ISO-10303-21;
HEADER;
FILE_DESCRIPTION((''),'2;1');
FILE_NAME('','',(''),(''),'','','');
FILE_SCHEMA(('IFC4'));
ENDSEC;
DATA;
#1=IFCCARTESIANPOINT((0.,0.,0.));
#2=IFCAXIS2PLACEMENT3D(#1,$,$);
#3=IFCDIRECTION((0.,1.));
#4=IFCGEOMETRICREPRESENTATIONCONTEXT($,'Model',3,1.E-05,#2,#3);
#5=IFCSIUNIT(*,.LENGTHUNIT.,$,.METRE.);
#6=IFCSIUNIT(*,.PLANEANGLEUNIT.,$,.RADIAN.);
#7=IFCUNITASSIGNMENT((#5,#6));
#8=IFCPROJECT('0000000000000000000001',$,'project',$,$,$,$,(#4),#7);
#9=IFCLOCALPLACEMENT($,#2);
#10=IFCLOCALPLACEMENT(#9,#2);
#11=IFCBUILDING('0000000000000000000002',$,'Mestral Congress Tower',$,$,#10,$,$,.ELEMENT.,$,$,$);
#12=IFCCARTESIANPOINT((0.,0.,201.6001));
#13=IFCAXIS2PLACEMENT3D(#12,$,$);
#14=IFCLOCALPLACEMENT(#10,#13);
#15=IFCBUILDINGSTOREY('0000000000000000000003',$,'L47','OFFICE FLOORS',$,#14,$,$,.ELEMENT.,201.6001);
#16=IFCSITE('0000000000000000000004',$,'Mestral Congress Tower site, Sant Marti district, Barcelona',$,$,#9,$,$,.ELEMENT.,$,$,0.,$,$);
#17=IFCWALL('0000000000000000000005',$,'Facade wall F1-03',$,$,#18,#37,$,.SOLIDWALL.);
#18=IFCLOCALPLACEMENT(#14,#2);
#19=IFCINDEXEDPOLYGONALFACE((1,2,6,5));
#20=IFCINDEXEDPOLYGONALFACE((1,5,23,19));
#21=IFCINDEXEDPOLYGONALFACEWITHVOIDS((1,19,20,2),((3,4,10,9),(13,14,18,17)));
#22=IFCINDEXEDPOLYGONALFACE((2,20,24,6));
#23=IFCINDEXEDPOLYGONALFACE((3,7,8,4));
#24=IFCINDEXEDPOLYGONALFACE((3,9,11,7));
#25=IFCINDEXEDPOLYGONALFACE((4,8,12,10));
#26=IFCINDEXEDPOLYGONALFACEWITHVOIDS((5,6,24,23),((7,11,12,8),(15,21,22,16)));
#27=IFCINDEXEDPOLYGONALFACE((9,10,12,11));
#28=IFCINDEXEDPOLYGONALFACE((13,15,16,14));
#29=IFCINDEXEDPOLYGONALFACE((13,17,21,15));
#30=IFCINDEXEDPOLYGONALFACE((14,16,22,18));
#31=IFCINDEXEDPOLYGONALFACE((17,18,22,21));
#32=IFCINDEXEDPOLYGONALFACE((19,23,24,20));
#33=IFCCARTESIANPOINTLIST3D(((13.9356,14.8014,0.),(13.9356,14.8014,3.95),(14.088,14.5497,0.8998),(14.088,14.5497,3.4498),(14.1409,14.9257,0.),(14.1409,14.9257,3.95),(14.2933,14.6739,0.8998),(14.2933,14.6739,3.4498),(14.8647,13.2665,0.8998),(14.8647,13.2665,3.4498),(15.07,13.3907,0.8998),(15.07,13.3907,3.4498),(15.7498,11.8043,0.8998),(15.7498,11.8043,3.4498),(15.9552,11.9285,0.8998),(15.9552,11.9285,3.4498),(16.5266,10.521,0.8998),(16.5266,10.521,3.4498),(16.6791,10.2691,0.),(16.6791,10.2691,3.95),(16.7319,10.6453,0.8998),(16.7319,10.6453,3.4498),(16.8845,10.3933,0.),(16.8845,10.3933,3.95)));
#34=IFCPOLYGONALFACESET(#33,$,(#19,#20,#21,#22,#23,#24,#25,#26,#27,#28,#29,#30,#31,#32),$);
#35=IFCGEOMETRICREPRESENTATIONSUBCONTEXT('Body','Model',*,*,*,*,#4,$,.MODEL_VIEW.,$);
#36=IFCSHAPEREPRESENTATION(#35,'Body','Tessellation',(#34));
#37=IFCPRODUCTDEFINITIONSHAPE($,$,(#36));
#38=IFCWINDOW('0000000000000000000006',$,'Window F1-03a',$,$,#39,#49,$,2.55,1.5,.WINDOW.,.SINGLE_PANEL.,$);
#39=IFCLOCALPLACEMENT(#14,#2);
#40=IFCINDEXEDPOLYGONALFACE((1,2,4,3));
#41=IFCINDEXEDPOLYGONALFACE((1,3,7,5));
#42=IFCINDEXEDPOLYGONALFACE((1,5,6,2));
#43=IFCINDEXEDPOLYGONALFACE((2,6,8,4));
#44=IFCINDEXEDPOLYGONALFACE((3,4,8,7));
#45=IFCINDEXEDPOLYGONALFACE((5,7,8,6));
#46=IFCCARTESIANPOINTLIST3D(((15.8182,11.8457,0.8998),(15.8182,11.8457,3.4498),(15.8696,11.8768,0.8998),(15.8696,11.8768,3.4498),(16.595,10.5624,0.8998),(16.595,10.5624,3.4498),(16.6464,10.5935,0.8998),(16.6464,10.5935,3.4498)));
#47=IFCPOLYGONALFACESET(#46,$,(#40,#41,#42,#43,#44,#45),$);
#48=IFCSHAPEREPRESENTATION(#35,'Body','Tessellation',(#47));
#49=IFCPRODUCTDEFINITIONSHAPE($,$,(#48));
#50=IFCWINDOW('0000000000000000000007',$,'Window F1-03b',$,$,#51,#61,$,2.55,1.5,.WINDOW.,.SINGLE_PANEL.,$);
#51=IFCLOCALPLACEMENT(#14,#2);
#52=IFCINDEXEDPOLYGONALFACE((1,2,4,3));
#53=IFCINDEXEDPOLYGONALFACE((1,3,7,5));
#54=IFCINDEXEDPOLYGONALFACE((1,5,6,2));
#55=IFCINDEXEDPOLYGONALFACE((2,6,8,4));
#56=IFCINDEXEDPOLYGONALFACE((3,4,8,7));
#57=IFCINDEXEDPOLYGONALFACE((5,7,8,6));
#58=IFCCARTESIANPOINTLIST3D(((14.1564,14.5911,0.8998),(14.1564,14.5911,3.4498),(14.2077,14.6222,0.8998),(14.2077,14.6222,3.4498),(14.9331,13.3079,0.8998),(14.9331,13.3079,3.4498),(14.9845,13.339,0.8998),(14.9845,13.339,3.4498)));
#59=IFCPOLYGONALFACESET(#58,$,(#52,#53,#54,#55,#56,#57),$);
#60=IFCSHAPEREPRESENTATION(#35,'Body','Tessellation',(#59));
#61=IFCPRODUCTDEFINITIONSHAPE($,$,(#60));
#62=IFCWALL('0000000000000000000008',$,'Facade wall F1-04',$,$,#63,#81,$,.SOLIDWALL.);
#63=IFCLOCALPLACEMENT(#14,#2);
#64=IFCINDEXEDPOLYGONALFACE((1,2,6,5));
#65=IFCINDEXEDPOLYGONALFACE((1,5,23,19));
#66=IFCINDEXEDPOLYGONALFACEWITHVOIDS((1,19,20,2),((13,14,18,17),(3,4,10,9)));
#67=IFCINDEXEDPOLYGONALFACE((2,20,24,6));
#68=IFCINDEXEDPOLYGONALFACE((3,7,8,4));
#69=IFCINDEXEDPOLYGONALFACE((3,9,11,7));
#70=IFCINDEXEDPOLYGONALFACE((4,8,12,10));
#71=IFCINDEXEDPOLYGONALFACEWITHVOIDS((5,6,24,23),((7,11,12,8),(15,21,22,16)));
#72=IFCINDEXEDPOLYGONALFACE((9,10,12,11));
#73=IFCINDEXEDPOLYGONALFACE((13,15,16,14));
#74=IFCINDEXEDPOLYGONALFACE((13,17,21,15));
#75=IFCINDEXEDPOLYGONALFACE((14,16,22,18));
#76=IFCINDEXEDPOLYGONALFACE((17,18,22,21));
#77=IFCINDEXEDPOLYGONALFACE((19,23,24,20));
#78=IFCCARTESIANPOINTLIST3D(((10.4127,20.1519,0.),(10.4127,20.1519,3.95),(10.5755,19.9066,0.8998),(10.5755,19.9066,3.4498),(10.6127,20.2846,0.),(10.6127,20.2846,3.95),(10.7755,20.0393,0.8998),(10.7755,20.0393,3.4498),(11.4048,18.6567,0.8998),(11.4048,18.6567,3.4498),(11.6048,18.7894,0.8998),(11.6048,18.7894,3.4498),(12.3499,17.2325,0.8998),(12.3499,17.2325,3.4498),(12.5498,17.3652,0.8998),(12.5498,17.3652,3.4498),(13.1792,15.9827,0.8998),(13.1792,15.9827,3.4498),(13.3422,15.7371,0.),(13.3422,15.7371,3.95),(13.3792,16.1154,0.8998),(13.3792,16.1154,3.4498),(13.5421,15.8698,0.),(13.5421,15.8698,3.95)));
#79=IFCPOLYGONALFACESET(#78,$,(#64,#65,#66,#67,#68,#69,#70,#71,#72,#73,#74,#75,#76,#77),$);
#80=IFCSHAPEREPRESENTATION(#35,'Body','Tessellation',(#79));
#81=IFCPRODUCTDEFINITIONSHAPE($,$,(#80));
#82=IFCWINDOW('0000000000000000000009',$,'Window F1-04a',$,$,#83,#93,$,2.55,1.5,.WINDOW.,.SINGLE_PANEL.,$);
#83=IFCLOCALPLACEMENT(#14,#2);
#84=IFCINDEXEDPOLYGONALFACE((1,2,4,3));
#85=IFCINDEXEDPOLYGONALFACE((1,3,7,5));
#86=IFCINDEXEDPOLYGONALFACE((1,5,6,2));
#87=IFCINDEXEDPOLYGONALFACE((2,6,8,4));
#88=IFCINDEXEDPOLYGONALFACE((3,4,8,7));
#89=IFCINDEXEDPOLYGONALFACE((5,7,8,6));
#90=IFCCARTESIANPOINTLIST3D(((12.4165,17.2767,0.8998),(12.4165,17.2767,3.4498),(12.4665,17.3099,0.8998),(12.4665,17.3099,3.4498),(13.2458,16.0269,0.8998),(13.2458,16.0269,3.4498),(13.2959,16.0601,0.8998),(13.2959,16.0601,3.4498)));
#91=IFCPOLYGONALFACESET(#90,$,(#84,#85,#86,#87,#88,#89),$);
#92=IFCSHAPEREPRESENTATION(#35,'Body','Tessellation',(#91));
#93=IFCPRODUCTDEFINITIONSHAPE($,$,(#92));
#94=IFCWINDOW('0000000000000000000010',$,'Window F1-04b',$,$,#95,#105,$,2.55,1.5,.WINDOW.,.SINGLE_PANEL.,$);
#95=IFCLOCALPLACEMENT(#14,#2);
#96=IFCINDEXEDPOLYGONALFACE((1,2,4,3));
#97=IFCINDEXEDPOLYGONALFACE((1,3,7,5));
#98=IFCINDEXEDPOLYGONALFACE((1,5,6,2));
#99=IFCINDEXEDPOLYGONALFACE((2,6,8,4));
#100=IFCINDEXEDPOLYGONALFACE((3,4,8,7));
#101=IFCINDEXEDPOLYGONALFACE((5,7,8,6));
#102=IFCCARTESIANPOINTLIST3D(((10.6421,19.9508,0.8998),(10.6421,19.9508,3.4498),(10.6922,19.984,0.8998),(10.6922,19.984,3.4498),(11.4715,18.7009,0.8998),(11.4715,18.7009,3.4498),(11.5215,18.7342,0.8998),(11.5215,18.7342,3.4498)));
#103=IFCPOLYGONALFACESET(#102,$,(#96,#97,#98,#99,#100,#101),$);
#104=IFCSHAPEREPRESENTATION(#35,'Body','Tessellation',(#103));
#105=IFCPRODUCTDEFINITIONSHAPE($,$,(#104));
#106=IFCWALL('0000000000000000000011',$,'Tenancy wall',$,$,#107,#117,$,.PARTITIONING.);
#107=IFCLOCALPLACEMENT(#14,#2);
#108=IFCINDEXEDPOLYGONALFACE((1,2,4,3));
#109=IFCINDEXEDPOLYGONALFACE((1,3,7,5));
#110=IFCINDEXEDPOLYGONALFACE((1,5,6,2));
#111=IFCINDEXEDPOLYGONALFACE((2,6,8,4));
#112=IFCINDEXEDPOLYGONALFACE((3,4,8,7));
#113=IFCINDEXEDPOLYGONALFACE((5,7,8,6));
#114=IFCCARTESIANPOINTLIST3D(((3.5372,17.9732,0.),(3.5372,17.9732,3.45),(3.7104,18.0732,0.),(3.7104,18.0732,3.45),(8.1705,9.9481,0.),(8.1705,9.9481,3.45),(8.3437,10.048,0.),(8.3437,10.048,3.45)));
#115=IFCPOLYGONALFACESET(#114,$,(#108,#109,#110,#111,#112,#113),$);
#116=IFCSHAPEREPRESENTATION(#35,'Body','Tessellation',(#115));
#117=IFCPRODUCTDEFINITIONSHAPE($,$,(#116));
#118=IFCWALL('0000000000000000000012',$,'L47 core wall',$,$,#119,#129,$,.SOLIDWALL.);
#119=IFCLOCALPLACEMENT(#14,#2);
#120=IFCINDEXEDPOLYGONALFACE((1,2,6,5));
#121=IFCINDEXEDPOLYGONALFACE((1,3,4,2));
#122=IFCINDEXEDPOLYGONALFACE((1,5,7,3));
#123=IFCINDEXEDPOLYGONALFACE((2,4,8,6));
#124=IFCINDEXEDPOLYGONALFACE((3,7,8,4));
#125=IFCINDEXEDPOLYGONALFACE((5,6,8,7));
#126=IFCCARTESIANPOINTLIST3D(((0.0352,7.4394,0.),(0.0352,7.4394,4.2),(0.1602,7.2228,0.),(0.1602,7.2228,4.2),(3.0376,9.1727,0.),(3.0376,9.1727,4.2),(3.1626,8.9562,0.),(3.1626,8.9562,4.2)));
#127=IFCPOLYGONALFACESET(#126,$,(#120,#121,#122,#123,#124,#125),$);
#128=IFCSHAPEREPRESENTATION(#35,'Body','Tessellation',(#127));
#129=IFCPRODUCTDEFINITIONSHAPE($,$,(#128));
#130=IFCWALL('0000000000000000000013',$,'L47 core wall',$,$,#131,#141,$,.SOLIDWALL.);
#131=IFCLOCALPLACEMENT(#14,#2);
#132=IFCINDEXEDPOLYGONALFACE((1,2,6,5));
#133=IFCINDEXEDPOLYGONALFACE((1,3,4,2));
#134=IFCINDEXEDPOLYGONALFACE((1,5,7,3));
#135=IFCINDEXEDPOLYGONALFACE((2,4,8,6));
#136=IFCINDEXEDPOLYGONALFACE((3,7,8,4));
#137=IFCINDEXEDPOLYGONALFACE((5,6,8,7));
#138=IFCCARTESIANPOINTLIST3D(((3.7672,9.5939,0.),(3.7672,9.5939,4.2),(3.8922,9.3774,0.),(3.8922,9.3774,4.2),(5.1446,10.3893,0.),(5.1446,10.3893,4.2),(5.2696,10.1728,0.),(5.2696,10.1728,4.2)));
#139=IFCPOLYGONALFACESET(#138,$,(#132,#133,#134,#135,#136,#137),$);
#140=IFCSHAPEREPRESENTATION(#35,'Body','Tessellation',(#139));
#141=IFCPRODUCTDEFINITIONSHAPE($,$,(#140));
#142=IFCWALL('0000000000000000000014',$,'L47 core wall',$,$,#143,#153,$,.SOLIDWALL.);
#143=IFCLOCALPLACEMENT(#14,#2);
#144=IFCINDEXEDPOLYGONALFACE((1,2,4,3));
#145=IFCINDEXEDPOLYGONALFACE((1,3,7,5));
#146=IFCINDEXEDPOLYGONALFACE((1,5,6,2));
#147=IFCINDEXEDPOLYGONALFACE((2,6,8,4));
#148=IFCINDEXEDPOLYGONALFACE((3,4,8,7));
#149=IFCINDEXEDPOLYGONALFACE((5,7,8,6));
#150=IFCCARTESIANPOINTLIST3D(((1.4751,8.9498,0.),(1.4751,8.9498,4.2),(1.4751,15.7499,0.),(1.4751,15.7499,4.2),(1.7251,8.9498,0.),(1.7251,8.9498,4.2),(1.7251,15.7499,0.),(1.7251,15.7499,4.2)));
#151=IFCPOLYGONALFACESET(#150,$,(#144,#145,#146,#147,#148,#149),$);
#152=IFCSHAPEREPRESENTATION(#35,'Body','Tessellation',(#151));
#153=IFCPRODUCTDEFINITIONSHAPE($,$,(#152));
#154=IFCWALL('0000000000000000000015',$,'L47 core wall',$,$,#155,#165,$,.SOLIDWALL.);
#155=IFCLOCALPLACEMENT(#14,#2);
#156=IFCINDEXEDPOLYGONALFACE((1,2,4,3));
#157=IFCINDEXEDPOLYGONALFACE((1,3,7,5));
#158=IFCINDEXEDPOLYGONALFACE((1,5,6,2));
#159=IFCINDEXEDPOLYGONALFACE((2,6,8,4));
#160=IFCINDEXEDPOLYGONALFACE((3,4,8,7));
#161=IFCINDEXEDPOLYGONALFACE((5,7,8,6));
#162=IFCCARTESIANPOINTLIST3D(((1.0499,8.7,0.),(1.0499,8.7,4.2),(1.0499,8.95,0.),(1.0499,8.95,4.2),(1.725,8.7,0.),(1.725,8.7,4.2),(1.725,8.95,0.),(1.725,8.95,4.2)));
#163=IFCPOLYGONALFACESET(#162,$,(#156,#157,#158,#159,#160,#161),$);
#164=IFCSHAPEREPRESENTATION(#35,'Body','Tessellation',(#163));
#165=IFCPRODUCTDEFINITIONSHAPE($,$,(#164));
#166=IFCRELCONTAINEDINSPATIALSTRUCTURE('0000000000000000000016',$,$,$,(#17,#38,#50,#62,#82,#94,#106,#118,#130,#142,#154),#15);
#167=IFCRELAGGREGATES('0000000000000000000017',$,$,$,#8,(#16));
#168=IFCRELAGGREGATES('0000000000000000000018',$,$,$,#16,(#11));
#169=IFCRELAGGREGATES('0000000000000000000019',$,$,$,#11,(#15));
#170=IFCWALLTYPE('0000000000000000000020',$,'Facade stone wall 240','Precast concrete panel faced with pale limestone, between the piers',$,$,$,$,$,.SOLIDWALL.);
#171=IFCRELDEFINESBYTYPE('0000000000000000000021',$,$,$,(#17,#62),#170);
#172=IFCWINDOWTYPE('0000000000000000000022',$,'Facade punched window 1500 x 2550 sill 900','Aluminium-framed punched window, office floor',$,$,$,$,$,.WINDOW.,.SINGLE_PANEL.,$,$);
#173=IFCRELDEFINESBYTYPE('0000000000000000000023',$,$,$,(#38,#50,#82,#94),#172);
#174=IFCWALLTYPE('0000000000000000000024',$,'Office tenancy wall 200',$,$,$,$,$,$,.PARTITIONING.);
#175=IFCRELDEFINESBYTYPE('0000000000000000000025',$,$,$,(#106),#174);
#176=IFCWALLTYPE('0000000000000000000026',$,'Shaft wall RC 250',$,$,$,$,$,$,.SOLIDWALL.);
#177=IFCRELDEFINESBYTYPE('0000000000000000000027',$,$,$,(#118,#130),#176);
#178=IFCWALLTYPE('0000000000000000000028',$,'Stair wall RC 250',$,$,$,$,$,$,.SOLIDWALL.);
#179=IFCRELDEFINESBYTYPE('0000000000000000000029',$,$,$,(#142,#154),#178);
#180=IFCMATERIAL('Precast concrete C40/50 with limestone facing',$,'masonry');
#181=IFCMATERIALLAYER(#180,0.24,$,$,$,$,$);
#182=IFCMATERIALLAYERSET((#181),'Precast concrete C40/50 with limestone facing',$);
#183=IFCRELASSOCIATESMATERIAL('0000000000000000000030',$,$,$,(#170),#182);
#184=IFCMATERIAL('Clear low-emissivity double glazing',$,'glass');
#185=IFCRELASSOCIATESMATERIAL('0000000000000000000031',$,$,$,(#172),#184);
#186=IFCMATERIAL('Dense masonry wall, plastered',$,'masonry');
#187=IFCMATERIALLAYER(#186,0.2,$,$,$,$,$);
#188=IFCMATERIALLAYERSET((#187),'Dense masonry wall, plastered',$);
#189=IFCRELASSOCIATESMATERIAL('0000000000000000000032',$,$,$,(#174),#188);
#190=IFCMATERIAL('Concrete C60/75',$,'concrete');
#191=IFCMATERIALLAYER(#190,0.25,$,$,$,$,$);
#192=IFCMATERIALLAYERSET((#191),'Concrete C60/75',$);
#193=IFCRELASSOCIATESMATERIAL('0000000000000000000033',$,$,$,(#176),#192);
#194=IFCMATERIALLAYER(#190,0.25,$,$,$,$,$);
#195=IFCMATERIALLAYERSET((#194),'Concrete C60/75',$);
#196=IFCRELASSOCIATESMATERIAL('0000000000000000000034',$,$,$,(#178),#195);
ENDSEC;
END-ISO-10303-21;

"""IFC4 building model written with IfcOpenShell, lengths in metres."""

from ifc_helpers import new_model, si_unit, direction, frame, frame_2d, origin, place, context, subcontext, project, spatial, rectangle, extrude, material, layer, layer_set, type_object, element, fill, save


model = new_model("IFC4")

# Units and contexts
model_context = context("Model", 3, precision=1e-05, world=origin(), true_north=direction((0.0, 1.0)))
body_context = subcontext(model_context, "Body", "Model", "MODEL_VIEW")
ifc_project = project(units=[si_unit("LENGTHUNIT", "METRE"), si_unit("PLANEANGLEUNIT", "RADIAN")], contexts=[model_context])

# Site, building, storey
site_placement = place(None, origin())
site = spatial("IfcSite", under=ifc_project, at=site_placement, Name="Mestral Congress Tower site, Sant Marti district, Barcelona", CompositionType="ELEMENT", RefElevation=0.0)
building_placement = place(site_placement, origin())
building = spatial("IfcBuilding", under=site, at=building_placement, Name="Mestral Congress Tower", CompositionType="ELEMENT")
storey_placement = place(building_placement, frame((0.0, 0.0, 201.6001)))
storey = spatial("IfcBuildingStorey", under=building, at=storey_placement, Name="L47", Description="OFFICE FLOORS", CompositionType="ELEMENT", Elevation=201.6001)

# Shared definitions
ifc_material_1 = material(Name="Concrete C60/75", Category="concrete")

# Walls, openings, windows
ifc_material_2 = material(Name="Precast concrete C40/50 with limestone facing", Category="masonry")
ifc_layer_1 = layer(ifc_material_2, 0.24)
ifc_layer_set_1 = layer_set([ifc_layer_1], Name="Precast concrete C40/50 with limestone facing")
wall_type_1 = type_object("IfcWallType", Name="Facade stone wall 240", Description="Precast concrete panel faced with pale limestone, between the piers", PredefinedType="SOLIDWALL", material=ifc_layer_set_1)
wall_1_placement = place(storey_placement, frame((16.7817, 10.3313, 0.0), z_axis=(0.0, 0.0, 1.0), x_axis=(-0.517846, 0.855474, 0.0)))
wall_1 = element("IfcWall", 1, at=wall_1_placement, inside=storey, type_object=wall_type_1, Name="Facade wall F1-03", PredefinedType="SOLIDWALL", context=body_context, shape_type="SweptSolid", body=[
    extrude(rectangle(XDim=5.2981, YDim=0.24, at=frame_2d((2.6489, 0.0))), origin(), (0.0, 0.0, 1.0), 3.95),
])
opening_1_placement = place(wall_1_placement, frame((0.2944, 0.0, 0.8999)))
opening_1 = element("IfcOpeningElement", 2, at=opening_1_placement, cuts=wall_1, PredefinedType="OPENING", context=body_context, shape_type="SweptSolid", body=[
    extrude(rectangle(XDim=1.5, YDim=2.55, at=frame_2d((0.75, 1.2749))), frame((0.0, 0.1299, 0.0), z_axis=(0.0, -1.0, 0.0), x_axis=(1.0, 0.0, 0.0)), (0.0, 0.0, 1.0), 0.26),
])
opening_2_placement = place(wall_1_placement, frame((3.5037, 0.0, 0.8999)))
opening_2 = element("IfcOpeningElement", 3, at=opening_2_placement, cuts=wall_1, PredefinedType="OPENING", context=body_context, shape_type="SweptSolid", body=[
    extrude(rectangle(XDim=1.5, YDim=2.55, at=frame_2d((0.75, 1.2749))), frame((0.0, 0.1299, 0.0), z_axis=(0.0, -1.0, 0.0), x_axis=(1.0, 0.0, 0.0)), (0.0, 0.0, 1.0), 0.26),
])
ifc_material_3 = material(Name="Clear low-emissivity double glazing", Category="glass")
window_type = type_object("IfcWindowType", Name="Facade punched window 1500 x 2550 sill 900", Description="Aluminium-framed punched window, office floor", PartitioningType="SINGLE_PANEL", PredefinedType="WINDOW", material=ifc_material_3)
window_1_placement = place(opening_1_placement, origin())
window_1 = element("IfcWindow", 4, at=window_1_placement, inside=storey, type_object=window_type, Name="Window F1-03a", OverallHeight=2.55, OverallWidth=1.5, PartitioningType="SINGLE_PANEL", PredefinedType="WINDOW", context=body_context, shape_type="SweptSolid", body=[
    extrude(rectangle(XDim=1.5, YDim=2.55, at=frame_2d((0.75, 1.2749))), frame((0.0, 0.04, 0.0), z_axis=(0.0, -1.0, 0.0), x_axis=(1.0, 0.0, 0.0)), (0.0, 0.0, 1.0), 0.0601),
])
fill(opening_1, window_1)
window_2_placement = place(opening_2_placement, origin())
window_2 = element("IfcWindow", 5, at=window_2_placement, inside=storey, type_object=window_type, Name="Window F1-03b", OverallHeight=2.55, OverallWidth=1.5, PartitioningType="SINGLE_PANEL", PredefinedType="WINDOW", context=body_context, shape_type="SweptSolid", body=[
    extrude(rectangle(XDim=1.5, YDim=2.55, at=frame_2d((0.75, 1.2749))), frame((0.0, 0.04, 0.0), z_axis=(0.0, -1.0, 0.0), x_axis=(1.0, 0.0, 0.0)), (0.0, 0.0, 1.0), 0.0601),
])
fill(opening_2, window_2)
wall_2_placement = place(storey_placement, frame((13.4421, 15.8035, 0.0), z_axis=(0.0, 0.0, 1.0), x_axis=(-0.552902, 0.833246, 0.0)))
wall_2 = element("IfcWall", 6, at=wall_2_placement, inside=storey, type_object=wall_type_1, Name="Facade wall F1-04", PredefinedType="SOLIDWALL", context=body_context, shape_type="SweptSolid", body=[
    extrude(rectangle(XDim=5.2983, YDim=0.24, at=frame_2d((2.6492, 0.0))), origin(), (0.0, 0.0, 1.0), 3.95),
])
opening_3_placement = place(wall_2_placement, frame((0.2947, 0.0, 0.8999)))
opening_3 = element("IfcOpeningElement", 7, at=opening_3_placement, cuts=wall_2, PredefinedType="OPENING", context=body_context, shape_type="SweptSolid", body=[
    extrude(rectangle(XDim=1.5, YDim=2.55, at=frame_2d((0.75, 1.2749))), frame((0.0, 0.1299, 0.0), z_axis=(0.0, -1.0, 0.0), x_axis=(1.0, 0.0, 0.0)), (0.0, 0.0, 1.0), 0.26),
])
opening_4_placement = place(wall_2_placement, frame((3.5039, 0.0, 0.8999)))
opening_4 = element("IfcOpeningElement", 8, at=opening_4_placement, cuts=wall_2, PredefinedType="OPENING", context=body_context, shape_type="SweptSolid", body=[
    extrude(rectangle(XDim=1.5, YDim=2.55, at=frame_2d((0.75, 1.2749))), frame((0.0, 0.1299, 0.0), z_axis=(0.0, -1.0, 0.0), x_axis=(1.0, 0.0, 0.0)), (0.0, 0.0, 1.0), 0.26),
])
window_3_placement = place(opening_3_placement, origin())
window_3 = element("IfcWindow", 9, at=window_3_placement, inside=storey, type_object=window_type, Name="Window F1-04a", OverallHeight=2.55, OverallWidth=1.5, PartitioningType="SINGLE_PANEL", PredefinedType="WINDOW", context=body_context, shape_type="SweptSolid", body=[
    extrude(rectangle(XDim=1.5, YDim=2.55, at=frame_2d((0.75, 1.2749))), frame((0.0, 0.04, 0.0), z_axis=(0.0, -1.0, 0.0), x_axis=(1.0, 0.0, 0.0)), (0.0, 0.0, 1.0), 0.0601),
])
fill(opening_3, window_3)
window_4_placement = place(opening_4_placement, origin())
window_4 = element("IfcWindow", 10, at=window_4_placement, inside=storey, type_object=window_type, Name="Window F1-04b", OverallHeight=2.55, OverallWidth=1.5, PartitioningType="SINGLE_PANEL", PredefinedType="WINDOW", context=body_context, shape_type="SweptSolid", body=[
    extrude(rectangle(XDim=1.5, YDim=2.55, at=frame_2d((0.75, 1.2749))), frame((0.0, 0.04, 0.0), z_axis=(0.0, -1.0, 0.0), x_axis=(1.0, 0.0, 0.0)), (0.0, 0.0, 1.0), 0.0601),
])
fill(opening_4, window_4)

# Walls
ifc_material_4 = material(Name="Dense masonry wall, plastered", Category="masonry")
ifc_layer_2 = layer(ifc_material_4, 0.2)
ifc_layer_set_2 = layer_set([ifc_layer_2], Name="Dense masonry wall, plastered")
wall_type_2 = type_object("IfcWallType", Name="Office tenancy wall 200", PredefinedType="PARTITIONING", material=ifc_layer_set_2)
wall_3_placement = place(storey_placement, frame((8.2571, 9.998, 0.0), z_axis=(0.0, 0.0, 1.0), x_axis=(-0.499998, 0.866026, 0.0)))
element("IfcWall", 11, at=wall_3_placement, inside=storey, type_object=wall_type_2, Name="Tenancy wall", PredefinedType="PARTITIONING", context=body_context, shape_type="SweptSolid", body=[
    extrude(rectangle(XDim=9.2666, YDim=0.2, at=frame_2d((4.6333, 0.0))), origin(), (0.0, 0.0, 1.0), 3.45),
])
ifc_layer_3 = layer(ifc_material_1, 0.25)
ifc_layer_set_3 = layer_set([ifc_layer_3], Name="Concrete C60/75")
wall_type_3 = type_object("IfcWallType", Name="Shaft wall RC 250", PredefinedType="SOLIDWALL", material=ifc_layer_set_3)
wall_4_placement = place(storey_placement, frame((3.1001, 9.0645, 0.0), z_axis=(0.0, 0.0, 1.0), x_axis=(-0.866033, -0.499987, 0.0)))
element("IfcWall", 12, at=wall_4_placement, inside=storey, type_object=wall_type_3, Name="L47 core wall", PredefinedType="SOLIDWALL", context=body_context, shape_type="SweptSolid", body=[
    extrude(rectangle(XDim=3.4668, YDim=0.25, at=frame_2d((1.7334, 0.0))), origin(), (0.0, 0.0, 1.0), 4.2),
])
wall_5_placement = place(storey_placement, frame((3.8296, 9.4856, 0.0), z_axis=(0.0, 0.0, 1.0), x_axis=(0.865986, 0.500068, 0.0)))
element("IfcWall", 13, at=wall_5_placement, inside=storey, type_object=wall_type_3, Name="L47 core wall", PredefinedType="SOLIDWALL", context=body_context, shape_type="SweptSolid", body=[
    extrude(rectangle(XDim=1.5906, YDim=0.25, at=frame_2d((0.7954, 0.0))), origin(), (0.0, 0.0, 1.0), 4.2),
])
ifc_layer_4 = layer(ifc_material_1, 0.25)
ifc_layer_set_4 = layer_set([ifc_layer_4], Name="Concrete C60/75")
wall_type_4 = type_object("IfcWallType", Name="Stair wall RC 250", PredefinedType="SOLIDWALL", material=ifc_layer_set_4)
wall_6_placement = place(storey_placement, frame((1.6001, 8.95, 0.0), z_axis=(0.0, 0.0, 1.0), x_axis=(0.0, 1.0, 0.0)))
element("IfcWall", 14, at=wall_6_placement, inside=storey, type_object=wall_type_4, Name="L47 core wall", PredefinedType="SOLIDWALL", context=body_context, shape_type="SweptSolid", body=[
    extrude(rectangle(XDim=6.8, YDim=0.25, at=frame_2d((3.3999, 0.0))), origin(), (0.0, 0.0, 1.0), 4.2),
])
wall_7_placement = place(storey_placement, frame((1.05, 8.825, 0.0), z_axis=(0.0, 0.0, 1.0), x_axis=(1.0, 0.0, 0.0)))
element("IfcWall", 15, at=wall_7_placement, inside=storey, type_object=wall_type_4, Name="L47 core wall", PredefinedType="SOLIDWALL", context=body_context, shape_type="SweptSolid", body=[
    extrude(rectangle(XDim=0.675, YDim=0.25, at=frame_2d((0.3374, 0.0))), origin(), (0.0, 0.0, 1.0), 4.2),
])

save(model, "model.ifc")
